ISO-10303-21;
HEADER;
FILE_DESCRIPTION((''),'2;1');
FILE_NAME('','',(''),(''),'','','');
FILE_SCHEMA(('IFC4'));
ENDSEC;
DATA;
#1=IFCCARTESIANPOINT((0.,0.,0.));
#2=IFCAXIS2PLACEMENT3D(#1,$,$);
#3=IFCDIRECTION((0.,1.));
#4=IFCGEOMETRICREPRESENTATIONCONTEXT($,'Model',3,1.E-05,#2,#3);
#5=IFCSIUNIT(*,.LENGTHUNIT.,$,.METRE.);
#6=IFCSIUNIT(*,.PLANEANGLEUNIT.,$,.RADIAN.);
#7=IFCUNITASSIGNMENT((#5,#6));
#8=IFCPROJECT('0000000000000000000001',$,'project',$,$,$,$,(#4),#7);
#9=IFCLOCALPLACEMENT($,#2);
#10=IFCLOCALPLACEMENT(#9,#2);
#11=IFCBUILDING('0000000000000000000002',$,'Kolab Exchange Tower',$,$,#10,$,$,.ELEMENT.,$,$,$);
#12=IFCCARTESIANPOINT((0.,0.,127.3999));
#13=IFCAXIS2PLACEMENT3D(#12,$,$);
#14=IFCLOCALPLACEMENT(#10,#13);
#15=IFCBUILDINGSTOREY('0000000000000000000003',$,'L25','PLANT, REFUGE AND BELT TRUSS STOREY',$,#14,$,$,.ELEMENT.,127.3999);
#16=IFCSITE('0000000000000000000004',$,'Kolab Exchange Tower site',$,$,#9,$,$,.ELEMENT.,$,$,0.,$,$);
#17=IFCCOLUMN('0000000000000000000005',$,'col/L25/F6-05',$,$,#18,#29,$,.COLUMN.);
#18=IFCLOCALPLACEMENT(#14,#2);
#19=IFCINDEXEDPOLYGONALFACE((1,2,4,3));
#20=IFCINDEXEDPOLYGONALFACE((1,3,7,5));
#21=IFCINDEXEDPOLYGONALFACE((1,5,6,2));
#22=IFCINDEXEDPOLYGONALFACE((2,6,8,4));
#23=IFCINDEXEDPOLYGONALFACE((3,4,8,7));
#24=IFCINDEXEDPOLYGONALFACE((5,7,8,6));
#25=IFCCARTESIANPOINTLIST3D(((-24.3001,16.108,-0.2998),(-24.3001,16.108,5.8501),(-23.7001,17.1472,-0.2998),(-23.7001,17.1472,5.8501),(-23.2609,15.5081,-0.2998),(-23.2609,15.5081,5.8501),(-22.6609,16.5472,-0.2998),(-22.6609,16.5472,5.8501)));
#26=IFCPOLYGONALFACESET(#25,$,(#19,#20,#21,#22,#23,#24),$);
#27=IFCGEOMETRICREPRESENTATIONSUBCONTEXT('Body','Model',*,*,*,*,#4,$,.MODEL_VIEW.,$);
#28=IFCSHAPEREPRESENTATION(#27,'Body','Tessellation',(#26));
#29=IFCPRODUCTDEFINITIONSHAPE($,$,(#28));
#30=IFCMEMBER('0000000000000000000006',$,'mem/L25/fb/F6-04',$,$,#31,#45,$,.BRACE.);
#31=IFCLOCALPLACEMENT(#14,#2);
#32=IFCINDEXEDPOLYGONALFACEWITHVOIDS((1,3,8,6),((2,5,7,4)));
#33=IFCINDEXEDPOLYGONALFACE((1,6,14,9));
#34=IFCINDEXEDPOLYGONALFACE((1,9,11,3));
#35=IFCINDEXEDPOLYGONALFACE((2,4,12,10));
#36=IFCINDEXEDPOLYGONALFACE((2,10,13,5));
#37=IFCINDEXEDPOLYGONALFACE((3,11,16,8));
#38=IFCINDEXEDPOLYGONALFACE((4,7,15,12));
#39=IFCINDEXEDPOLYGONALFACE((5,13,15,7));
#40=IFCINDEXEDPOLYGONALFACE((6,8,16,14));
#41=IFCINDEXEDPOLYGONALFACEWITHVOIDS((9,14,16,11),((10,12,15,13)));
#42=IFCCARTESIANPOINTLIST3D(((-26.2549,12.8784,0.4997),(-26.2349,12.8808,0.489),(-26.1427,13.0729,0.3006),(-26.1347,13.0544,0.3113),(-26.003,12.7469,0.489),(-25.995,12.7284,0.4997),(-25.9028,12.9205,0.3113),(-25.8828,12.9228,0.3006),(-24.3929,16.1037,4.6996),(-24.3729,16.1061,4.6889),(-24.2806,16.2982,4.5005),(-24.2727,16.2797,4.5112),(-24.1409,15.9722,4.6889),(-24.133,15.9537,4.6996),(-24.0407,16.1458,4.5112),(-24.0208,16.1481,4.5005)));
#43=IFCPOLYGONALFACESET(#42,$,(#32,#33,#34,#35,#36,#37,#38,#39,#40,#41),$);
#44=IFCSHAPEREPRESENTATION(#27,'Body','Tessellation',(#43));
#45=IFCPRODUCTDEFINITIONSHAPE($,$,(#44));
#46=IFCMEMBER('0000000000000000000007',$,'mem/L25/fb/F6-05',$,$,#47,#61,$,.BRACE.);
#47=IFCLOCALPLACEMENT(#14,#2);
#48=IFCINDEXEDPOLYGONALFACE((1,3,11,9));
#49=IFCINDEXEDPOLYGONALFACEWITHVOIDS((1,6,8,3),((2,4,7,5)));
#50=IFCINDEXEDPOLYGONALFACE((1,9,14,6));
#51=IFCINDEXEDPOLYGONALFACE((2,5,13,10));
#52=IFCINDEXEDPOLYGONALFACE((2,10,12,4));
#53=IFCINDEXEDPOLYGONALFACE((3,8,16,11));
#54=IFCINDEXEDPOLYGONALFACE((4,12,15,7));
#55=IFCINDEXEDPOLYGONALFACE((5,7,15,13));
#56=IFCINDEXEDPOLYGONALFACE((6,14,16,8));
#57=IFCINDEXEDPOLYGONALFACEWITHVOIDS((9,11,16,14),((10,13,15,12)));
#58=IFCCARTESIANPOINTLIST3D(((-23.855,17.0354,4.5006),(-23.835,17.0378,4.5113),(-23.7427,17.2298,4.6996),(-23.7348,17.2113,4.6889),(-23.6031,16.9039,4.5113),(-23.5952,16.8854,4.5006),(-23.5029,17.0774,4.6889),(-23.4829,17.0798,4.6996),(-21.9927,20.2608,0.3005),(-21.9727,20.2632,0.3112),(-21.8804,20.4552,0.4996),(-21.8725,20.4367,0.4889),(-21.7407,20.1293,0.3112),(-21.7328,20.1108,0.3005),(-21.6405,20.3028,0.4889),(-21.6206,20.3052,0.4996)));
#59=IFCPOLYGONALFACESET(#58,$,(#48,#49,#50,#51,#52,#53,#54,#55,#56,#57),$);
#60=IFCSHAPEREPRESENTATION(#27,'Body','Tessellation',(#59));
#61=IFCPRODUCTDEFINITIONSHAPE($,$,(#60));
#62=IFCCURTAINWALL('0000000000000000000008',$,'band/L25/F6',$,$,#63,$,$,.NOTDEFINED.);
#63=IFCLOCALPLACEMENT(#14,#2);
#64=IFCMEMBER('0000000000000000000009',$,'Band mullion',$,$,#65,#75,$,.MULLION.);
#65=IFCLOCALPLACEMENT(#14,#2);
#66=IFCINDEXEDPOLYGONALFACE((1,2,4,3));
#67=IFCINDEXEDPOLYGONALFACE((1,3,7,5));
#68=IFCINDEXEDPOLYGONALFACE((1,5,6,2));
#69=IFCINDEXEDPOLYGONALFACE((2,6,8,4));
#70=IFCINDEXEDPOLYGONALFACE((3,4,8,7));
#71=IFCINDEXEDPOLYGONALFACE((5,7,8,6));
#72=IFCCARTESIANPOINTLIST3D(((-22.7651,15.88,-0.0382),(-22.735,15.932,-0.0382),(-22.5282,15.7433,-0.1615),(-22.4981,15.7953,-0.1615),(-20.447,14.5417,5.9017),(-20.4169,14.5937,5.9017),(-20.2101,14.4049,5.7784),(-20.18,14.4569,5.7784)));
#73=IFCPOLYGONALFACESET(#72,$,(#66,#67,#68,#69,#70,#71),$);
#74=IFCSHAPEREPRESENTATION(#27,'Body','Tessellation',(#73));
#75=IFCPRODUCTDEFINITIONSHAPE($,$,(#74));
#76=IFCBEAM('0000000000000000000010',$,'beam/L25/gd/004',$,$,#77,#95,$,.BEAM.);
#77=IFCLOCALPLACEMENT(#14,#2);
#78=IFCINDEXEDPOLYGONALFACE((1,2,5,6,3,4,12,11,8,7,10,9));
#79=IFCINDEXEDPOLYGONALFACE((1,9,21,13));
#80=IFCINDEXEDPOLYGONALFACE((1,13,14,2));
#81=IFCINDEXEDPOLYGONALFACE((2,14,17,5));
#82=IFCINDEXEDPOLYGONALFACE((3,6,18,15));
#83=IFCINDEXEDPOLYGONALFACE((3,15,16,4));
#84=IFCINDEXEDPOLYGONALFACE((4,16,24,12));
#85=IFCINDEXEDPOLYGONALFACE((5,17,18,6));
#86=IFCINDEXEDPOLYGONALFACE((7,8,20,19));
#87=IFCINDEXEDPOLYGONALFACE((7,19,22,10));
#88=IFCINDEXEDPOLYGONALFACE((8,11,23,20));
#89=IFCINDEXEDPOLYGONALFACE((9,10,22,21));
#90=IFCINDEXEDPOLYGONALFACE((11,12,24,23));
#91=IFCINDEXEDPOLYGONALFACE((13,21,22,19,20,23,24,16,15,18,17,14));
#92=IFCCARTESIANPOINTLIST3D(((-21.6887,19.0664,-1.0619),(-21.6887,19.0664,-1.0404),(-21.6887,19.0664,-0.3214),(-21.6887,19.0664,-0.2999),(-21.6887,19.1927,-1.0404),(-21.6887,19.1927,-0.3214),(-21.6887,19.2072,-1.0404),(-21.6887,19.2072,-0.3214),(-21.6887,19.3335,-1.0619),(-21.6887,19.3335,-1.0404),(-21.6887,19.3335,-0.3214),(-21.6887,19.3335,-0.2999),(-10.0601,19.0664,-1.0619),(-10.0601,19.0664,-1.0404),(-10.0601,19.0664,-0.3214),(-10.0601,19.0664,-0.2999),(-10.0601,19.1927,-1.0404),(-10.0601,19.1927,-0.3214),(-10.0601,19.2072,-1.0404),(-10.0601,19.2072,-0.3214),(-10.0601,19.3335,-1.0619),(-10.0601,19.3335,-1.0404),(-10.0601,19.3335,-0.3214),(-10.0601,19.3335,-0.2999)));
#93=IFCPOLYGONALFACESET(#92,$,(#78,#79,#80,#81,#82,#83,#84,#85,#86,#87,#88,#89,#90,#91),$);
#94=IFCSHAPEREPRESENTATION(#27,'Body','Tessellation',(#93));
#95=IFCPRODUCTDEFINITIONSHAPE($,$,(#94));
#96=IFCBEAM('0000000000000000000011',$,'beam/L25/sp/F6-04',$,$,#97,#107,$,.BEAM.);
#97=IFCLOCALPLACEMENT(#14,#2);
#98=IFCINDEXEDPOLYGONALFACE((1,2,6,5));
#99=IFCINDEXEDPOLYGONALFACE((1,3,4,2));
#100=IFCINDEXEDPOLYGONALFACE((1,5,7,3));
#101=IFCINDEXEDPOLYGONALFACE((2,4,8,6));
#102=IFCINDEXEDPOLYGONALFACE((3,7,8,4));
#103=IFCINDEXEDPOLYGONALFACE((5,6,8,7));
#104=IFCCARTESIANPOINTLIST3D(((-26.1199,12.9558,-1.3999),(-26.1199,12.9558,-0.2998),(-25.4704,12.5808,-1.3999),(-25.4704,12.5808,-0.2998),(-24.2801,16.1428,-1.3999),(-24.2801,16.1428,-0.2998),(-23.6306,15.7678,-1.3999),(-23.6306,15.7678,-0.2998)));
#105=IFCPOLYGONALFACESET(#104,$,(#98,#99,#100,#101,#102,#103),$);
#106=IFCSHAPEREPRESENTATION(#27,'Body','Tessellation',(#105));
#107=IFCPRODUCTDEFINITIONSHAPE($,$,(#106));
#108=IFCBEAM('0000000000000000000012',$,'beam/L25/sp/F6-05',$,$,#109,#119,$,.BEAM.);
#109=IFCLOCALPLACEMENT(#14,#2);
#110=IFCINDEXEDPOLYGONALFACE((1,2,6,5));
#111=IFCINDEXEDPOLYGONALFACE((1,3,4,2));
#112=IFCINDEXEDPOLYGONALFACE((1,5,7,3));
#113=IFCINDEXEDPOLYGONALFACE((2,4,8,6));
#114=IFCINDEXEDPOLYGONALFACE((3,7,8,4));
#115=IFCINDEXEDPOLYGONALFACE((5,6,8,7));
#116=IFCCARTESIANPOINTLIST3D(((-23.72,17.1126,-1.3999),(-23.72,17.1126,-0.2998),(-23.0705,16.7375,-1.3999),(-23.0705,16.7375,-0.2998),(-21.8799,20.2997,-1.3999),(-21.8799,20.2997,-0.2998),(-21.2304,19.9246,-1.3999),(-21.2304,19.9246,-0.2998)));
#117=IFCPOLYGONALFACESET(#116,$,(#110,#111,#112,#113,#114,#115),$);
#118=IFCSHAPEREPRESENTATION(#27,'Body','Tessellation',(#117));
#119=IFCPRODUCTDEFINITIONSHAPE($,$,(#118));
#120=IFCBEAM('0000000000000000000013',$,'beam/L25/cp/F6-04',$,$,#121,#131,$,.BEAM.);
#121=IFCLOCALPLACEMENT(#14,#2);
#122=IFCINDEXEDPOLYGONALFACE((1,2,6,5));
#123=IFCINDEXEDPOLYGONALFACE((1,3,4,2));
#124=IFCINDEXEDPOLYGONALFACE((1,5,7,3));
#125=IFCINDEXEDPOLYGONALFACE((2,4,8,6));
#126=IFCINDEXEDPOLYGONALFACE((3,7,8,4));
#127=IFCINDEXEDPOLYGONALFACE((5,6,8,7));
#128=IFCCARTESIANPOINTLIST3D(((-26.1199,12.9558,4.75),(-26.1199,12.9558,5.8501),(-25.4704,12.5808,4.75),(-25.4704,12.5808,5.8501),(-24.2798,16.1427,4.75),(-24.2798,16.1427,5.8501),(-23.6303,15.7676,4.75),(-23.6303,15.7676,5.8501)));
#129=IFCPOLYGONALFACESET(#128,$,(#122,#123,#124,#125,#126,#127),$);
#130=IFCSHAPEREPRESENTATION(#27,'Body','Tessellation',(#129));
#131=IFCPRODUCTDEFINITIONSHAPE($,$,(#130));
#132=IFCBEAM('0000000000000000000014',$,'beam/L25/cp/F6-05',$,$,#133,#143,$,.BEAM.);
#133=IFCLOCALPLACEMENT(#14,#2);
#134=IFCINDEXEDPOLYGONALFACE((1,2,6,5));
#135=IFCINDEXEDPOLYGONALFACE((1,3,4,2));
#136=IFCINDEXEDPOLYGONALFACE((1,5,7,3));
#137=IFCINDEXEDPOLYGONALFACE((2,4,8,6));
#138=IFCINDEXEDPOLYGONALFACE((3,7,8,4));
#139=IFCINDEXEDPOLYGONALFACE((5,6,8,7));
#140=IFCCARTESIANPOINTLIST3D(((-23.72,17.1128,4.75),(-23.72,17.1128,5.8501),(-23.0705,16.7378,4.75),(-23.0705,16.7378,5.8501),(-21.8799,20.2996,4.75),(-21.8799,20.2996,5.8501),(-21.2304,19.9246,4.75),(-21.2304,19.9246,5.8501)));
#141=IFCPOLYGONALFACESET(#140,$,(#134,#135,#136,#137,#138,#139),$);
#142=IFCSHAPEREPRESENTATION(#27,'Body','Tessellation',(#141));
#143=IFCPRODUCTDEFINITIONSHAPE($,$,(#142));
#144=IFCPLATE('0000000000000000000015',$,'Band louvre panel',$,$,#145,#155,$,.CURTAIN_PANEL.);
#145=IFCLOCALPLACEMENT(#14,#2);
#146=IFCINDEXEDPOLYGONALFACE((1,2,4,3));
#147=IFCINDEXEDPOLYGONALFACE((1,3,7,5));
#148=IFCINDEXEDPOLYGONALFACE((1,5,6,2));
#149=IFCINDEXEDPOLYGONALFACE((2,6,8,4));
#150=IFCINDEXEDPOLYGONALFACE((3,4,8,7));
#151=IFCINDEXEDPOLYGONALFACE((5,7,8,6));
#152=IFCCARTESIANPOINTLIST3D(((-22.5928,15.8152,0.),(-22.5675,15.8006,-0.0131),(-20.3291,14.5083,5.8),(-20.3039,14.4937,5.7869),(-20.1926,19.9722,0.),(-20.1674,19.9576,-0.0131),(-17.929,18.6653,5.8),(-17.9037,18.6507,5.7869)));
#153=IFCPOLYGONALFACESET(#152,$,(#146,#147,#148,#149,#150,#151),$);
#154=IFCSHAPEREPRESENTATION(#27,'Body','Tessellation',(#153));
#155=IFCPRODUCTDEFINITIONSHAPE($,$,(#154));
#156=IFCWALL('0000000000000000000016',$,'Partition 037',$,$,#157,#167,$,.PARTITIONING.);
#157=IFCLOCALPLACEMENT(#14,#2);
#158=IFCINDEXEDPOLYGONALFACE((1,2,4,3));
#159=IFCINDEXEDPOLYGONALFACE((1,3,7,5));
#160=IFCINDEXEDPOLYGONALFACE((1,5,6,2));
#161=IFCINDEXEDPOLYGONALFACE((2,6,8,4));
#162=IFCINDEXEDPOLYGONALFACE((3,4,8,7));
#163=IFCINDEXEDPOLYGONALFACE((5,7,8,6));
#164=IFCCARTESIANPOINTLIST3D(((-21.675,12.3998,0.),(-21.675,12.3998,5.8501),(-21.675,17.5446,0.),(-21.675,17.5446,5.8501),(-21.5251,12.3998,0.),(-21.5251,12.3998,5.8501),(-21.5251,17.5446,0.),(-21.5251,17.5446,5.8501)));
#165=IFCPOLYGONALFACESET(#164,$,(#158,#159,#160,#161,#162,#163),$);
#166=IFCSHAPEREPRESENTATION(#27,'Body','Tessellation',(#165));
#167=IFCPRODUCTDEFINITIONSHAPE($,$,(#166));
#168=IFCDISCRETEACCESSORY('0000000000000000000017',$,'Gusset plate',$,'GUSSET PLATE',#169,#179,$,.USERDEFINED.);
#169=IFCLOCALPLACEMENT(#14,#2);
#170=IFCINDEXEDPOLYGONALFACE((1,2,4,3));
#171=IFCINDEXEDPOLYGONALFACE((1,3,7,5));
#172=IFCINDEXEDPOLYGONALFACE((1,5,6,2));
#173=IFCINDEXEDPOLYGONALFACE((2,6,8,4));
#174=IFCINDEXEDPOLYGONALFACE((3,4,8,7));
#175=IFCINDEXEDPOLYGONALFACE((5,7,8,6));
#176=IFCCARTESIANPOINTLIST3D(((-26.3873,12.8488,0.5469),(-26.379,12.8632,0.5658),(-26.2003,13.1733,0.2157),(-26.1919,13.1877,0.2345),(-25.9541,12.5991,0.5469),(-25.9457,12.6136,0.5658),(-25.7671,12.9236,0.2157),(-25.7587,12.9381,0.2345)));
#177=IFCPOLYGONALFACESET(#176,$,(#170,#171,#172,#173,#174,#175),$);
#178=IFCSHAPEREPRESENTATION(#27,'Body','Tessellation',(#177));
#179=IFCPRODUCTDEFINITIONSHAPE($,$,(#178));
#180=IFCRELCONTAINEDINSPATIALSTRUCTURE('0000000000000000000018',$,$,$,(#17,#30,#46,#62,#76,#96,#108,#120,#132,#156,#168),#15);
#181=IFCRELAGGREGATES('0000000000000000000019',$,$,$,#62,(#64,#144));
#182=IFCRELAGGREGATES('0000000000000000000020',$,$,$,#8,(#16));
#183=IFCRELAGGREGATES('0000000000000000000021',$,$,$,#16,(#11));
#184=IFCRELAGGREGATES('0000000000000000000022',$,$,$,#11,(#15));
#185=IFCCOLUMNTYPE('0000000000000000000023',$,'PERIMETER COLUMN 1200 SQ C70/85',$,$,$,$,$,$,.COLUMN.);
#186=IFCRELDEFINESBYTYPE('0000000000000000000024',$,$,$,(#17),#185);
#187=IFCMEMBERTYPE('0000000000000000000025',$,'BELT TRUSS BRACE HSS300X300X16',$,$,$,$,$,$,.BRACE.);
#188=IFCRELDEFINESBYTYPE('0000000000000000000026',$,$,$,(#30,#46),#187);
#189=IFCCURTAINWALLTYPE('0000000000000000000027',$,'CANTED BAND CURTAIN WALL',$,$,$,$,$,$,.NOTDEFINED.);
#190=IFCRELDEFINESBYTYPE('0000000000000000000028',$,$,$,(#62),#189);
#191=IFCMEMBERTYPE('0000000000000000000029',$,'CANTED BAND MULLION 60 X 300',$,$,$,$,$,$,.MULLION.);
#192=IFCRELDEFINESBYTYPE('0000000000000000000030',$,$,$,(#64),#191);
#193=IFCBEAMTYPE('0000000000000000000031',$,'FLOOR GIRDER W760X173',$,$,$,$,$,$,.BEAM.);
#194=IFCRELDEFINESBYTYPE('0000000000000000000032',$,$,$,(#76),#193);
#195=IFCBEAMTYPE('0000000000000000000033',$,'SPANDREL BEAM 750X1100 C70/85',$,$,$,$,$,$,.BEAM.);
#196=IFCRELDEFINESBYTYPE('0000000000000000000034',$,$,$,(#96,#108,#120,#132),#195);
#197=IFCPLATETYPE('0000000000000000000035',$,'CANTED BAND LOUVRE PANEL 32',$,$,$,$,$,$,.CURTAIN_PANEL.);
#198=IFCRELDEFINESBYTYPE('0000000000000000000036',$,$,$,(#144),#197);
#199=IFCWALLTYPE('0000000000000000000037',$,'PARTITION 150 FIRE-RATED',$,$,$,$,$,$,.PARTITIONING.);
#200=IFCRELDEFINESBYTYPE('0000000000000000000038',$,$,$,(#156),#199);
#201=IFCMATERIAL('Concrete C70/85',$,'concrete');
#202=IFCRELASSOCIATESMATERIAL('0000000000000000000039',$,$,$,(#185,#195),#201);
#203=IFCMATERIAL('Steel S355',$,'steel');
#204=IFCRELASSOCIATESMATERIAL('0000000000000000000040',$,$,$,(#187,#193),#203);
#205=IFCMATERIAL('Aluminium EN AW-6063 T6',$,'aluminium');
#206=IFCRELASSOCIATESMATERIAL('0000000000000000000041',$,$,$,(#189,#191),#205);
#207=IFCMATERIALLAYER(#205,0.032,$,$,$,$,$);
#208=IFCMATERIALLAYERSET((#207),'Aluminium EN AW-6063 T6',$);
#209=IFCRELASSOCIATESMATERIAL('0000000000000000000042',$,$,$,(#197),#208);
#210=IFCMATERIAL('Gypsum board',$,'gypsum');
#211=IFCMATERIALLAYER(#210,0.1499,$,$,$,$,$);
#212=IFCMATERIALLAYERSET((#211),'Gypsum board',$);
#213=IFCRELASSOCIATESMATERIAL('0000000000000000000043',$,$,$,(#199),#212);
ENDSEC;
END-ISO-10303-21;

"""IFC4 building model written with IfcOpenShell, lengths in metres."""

from ifc_helpers import new_model, si_unit, direction, frame, frame_2d, origin, origin_2d, place, context, subcontext, project, spatial, polyline, rectangle, hollow_rectangle, i_section, outline, extrude, material, layer, layer_set, material_profile, profile_set, type_object, element, aggregate, save


model = new_model("IFC4")

# Units and contexts
model_context = context("Model", 3, precision=1e-05, world=origin(), true_north=direction((0.0, 1.0)))
body_context = subcontext(model_context, "Body", "Model", "MODEL_VIEW")
ifc_project = project(units=[si_unit("LENGTHUNIT", "METRE"), si_unit("PLANEANGLEUNIT", "RADIAN")], contexts=[model_context])

# Site, building, storey
site_placement = place(None, origin())
site = spatial("IfcSite", under=ifc_project, at=site_placement, Name="Kolab Exchange Tower site", CompositionType="ELEMENT", RefElevation=0.0)
building_placement = place(site_placement, origin())
building = spatial("IfcBuilding", under=site, at=building_placement, Name="Kolab Exchange Tower", CompositionType="ELEMENT")
storey_placement = place(building_placement, frame((0.0, 0.0, 127.3999)))
storey = spatial("IfcBuildingStorey", under=building, at=storey_placement, Name="L25", Description="PLANT, REFUGE AND BELT TRUSS STOREY", CompositionType="ELEMENT", Elevation=127.3999)

# Column
ifc_material_1 = material(Name="Concrete C70/85", Category="concrete")
ifc_material_profile_1 = material_profile(ifc_material_1, rectangle(XDim=1.2, YDim=1.2, at=origin_2d()), Name="RC1200")
ifc_profile_set_1 = profile_set([ifc_material_profile_1], Name="Concrete C70/85")
column_type = type_object("IfcColumnType", Name="PERIMETER COLUMN 1200 SQ C70/85", PredefinedType="COLUMN", material=ifc_profile_set_1)
column_placement = place(storey_placement, frame((-23.4805, 16.3276, -0.2998), z_axis=(0.0, 0.0, 1.0), x_axis=(0.5, 0.866025, 0.0)))
element("IfcColumn", 1, at=column_placement, inside=storey, type_object=column_type, Name="col/L25/F6-05", PredefinedType="COLUMN", context=body_context, shape_type="SweptSolid", body=[
    extrude(rectangle(XDim=1.2, YDim=1.2, at=origin_2d()), origin(), (0.0, 0.0, 1.0), 6.1499),
])

# Members
ifc_material_2 = material(Name="Steel S355", Category="steel")
ifc_material_profile_2 = material_profile(ifc_material_2, hollow_rectangle(XDim=0.3, YDim=0.3, WallThickness=0.0161, at=origin_2d()), Name="HSS300X300X16")
ifc_profile_set_2 = profile_set([ifc_material_profile_2], Name="Steel S355")
member_type_1 = type_object("IfcMemberType", Name="BELT TRUSS BRACE HSS300X300X16", PredefinedType="BRACE", material=ifc_profile_set_2)
member_1_placement = place(storey_placement, frame((-26.0688, 12.9006, 0.4001), z_axis=(0.33172, 0.574584, 0.748208), x_axis=(-0.866036, 0.499982, 0.0)))
element("IfcMember", 2, at=member_1_placement, inside=storey, type_object=member_type_1, Name="mem/L25/fb/F6-04", PredefinedType="BRACE", context=body_context, shape_type="SweptSolid", body=[
    extrude(hollow_rectangle(XDim=0.3, YDim=0.3, WallThickness=0.0161, at=origin_2d()), origin(), (0.0, 0.0, 1.0), 5.6133),
])
member_2_placement = place(storey_placement, frame((-23.6689, 17.0576, 4.6001), z_axis=(0.331759, 0.574576, -0.748197), x_axis=(-0.866008, 0.500031, 0.0)))
element("IfcMember", 3, at=member_2_placement, inside=storey, type_object=member_type_1, Name="mem/L25/fb/F6-05", PredefinedType="BRACE", context=body_context, shape_type="SweptSolid", body=[
    extrude(hollow_rectangle(XDim=0.3, YDim=0.3, WallThickness=0.0161, at=origin_2d()), origin(), (0.0, 0.0, 1.0), 5.6135),
])

# Curtain wall, member
ifc_material_3 = material(Name="Aluminium EN AW-6063 T6", Category="aluminium")
curtain_wall_type = type_object("IfcCurtainWallType", Name="CANTED BAND CURTAIN WALL", PredefinedType="NOTDEFINED", material=ifc_material_3)
curtain_wall_placement = place(storey_placement, origin())
curtain_wall = element("IfcCurtainWall", 4, at=curtain_wall_placement, inside=storey, type_object=curtain_wall_type, Name="band/L25/F6", PredefinedType="NOTDEFINED")
ifc_material_profile_3 = material_profile(ifc_material_3, rectangle(XDim=0.0601, YDim=0.3, at=origin_2d()), Name="RECT 60X300")
ifc_profile_set_3 = profile_set([ifc_material_profile_3], Name="Aluminium EN AW-6063 T6")
member_type_2 = type_object("IfcMemberType", Name="CANTED BAND MULLION 60 X 300", PredefinedType="MULLION", material=ifc_profile_set_3)
member_3_placement = place(storey_placement, frame((-22.6316, 15.8376, -0.0999), z_axis=(0.355801, -0.205424, 0.911705), x_axis=(0.500004, 0.866023, 0.0)))
member_3 = element("IfcMember", 5, at=member_3_placement, type_object=member_type_2, Name="Band mullion", PredefinedType="MULLION", context=body_context, shape_type="SweptSolid", body=[
    extrude(rectangle(XDim=0.0601, YDim=0.3, at=origin_2d()), origin(), (0.0, 0.0, 1.0), 6.5151),
])

# Beams
ifc_material_profile_4 = material_profile(ifc_material_2, i_section(OverallWidth=0.2671, OverallDepth=0.762, WebThickness=0.0144, FlangeThickness=0.0215, at=origin_2d()), Name="W760X173")
ifc_profile_set_4 = profile_set([ifc_material_profile_4], Name="Steel S355")
beam_type_1 = type_object("IfcBeamType", Name="FLOOR GIRDER W760X173", PredefinedType="BEAM", material=ifc_profile_set_4)
beam_1_placement = place(storey_placement, frame((-21.6887, 19.2, -0.6809), z_axis=(1.0, 0.0, 0.0), x_axis=(0.0, 1.0, 0.0)))
element("IfcBeam", 6, at=beam_1_placement, inside=storey, type_object=beam_type_1, Name="beam/L25/gd/004", PredefinedType="BEAM", context=body_context, shape_type="SweptSolid", body=[
    extrude(i_section(OverallWidth=0.2671, OverallDepth=0.762, WebThickness=0.0144, FlangeThickness=0.0215, at=origin_2d()), origin(), (0.0, 0.0, 1.0), 11.6287),
])
ifc_material_profile_5 = material_profile(ifc_material_1, rectangle(XDim=0.75, YDim=1.1001, at=origin_2d()), Name="RC750X1100")
ifc_profile_set_5 = profile_set([ifc_material_profile_5], Name="Concrete C70/85")
beam_type_2 = type_object("IfcBeamType", Name="SPANDREL BEAM 750X1100 C70/85", PredefinedType="BEAM", material=ifc_profile_set_5)
beam_2_placement = place(storey_placement, frame((-25.7952, 12.7683, -0.8499), z_axis=(0.499964, 0.866046, 0.0), x_axis=(-0.866046, 0.499964, 0.0)))
element("IfcBeam", 7, at=beam_2_placement, inside=storey, type_object=beam_type_2, Name="beam/L25/sp/F6-04", PredefinedType="BEAM", context=body_context, shape_type="SweptSolid", body=[
    extrude(rectangle(XDim=0.75, YDim=1.1001, at=origin_2d()), origin(), (0.0, 0.0, 1.0), 3.6799),
])
beam_3_placement = place(storey_placement, frame((-23.3953, 16.925, -0.8499), z_axis=(0.500013, 0.866018, 0.0), x_axis=(-0.866018, 0.500013, 0.0)))
element("IfcBeam", 8, at=beam_3_placement, inside=storey, type_object=beam_type_2, Name="beam/L25/sp/F6-05", PredefinedType="BEAM", context=body_context, shape_type="SweptSolid", body=[
    extrude(rectangle(XDim=0.75, YDim=1.1001, at=origin_2d()), origin(), (0.0, 0.0, 1.0), 3.6802),
])
for number, where, z_axis, x_axis, name in (
    (9, (-25.7952, 12.7683, 5.3), (0.500042, 0.866001, 0.0), (-0.866001, 0.500042, 0.0), "beam/L25/cp/F6-04"),
    (10, (-23.3953, 16.9253, 5.3), (0.500042, 0.866001, 0.0), (-0.866001, 0.500042, 0.0), "beam/L25/cp/F6-05"),
):
    element("IfcBeam", number, at=place(storey_placement, frame(where, z_axis=z_axis, x_axis=x_axis)), inside=storey, type_object=beam_type_2, Name=name, PredefinedType="BEAM", context=body_context, shape_type="SweptSolid", body=[
        extrude(rectangle(XDim=0.75, YDim=1.1001, at=origin_2d()), origin(), (0.0, 0.0, 1.0), 3.6799),
    ])

# Plate
ifc_layer_1 = layer(ifc_material_3, 0.032)
ifc_layer_set_1 = layer_set([ifc_layer_1], Name="Aluminium EN AW-6063 T6")
plate_type = type_object("IfcPlateType", Name="CANTED BAND LOUVRE PANEL 32", PredefinedType="CURTAIN_PANEL", material=ifc_layer_set_1)
plate_placement = place(storey_placement, frame((-22.5928, 15.8152, 0.0), z_axis=(-0.789543, 0.455864, 0.410864), x_axis=(0.500017, 0.866015, 0.0)))
plate = element("IfcPlate", 11, at=plate_placement, type_object=plate_type, Name="Band louvre panel", PredefinedType="CURTAIN_PANEL", context=body_context, shape_type="SweptSolid", body=[
    extrude(outline(polyline([(0.0, 0.0), (4.8001, 0.0), (4.8002, -6.3618), (0.0001, -6.3618), (0.0, 0.0)])), origin(), (0.0, 0.0, -1.0), 0.032),
])
aggregate(curtain_wall, [member_3, plate])

# Wall
ifc_material_4 = material(Name="Gypsum board", Category="gypsum")
ifc_layer_2 = layer(ifc_material_4, 0.1499)
ifc_layer_set_2 = layer_set([ifc_layer_2], Name="Gypsum board")
wall_type = type_object("IfcWallType", Name="PARTITION 150 FIRE-RATED", PredefinedType="PARTITIONING", material=ifc_layer_set_2)
wall_placement = place(storey_placement, frame((-21.6001, 12.3999, 0.0), z_axis=(0.0, 0.0, 1.0), x_axis=(0.0, 1.0, 0.0)))
element("IfcWall", 12, at=wall_placement, inside=storey, type_object=wall_type, Name="Partition 037", PredefinedType="PARTITIONING", context=body_context, shape_type="SweptSolid", body=[
    extrude(rectangle(XDim=5.1448, YDim=0.1499, at=frame_2d((2.5723, 0.0))), origin(), (0.0, 0.0, 1.0), 5.8501),
])

# Discrete accessory
for number, where, z_axis, x_axis, name in (
    (13, (-26.0688, 12.9006, 0.4001), (-0.330768, -0.57398, -0.749092), (0.86643, -0.499299, 0.0), "Gusset plate"),
):
    element("IfcDiscreteAccessory", number, at=place(storey_placement, frame(where, z_axis=z_axis, x_axis=x_axis)), inside=storey, Name=name, ObjectType="GUSSET PLATE", PredefinedType="USERDEFINED", context=body_context, shape_type="SweptSolid", body=[
        extrude(rectangle(XDim=0.5, YDim=0.5, at=origin_2d()), origin(), (0.0, 0.0, 1.0), 0.0251),
    ])

save(model, "model.ifc")
